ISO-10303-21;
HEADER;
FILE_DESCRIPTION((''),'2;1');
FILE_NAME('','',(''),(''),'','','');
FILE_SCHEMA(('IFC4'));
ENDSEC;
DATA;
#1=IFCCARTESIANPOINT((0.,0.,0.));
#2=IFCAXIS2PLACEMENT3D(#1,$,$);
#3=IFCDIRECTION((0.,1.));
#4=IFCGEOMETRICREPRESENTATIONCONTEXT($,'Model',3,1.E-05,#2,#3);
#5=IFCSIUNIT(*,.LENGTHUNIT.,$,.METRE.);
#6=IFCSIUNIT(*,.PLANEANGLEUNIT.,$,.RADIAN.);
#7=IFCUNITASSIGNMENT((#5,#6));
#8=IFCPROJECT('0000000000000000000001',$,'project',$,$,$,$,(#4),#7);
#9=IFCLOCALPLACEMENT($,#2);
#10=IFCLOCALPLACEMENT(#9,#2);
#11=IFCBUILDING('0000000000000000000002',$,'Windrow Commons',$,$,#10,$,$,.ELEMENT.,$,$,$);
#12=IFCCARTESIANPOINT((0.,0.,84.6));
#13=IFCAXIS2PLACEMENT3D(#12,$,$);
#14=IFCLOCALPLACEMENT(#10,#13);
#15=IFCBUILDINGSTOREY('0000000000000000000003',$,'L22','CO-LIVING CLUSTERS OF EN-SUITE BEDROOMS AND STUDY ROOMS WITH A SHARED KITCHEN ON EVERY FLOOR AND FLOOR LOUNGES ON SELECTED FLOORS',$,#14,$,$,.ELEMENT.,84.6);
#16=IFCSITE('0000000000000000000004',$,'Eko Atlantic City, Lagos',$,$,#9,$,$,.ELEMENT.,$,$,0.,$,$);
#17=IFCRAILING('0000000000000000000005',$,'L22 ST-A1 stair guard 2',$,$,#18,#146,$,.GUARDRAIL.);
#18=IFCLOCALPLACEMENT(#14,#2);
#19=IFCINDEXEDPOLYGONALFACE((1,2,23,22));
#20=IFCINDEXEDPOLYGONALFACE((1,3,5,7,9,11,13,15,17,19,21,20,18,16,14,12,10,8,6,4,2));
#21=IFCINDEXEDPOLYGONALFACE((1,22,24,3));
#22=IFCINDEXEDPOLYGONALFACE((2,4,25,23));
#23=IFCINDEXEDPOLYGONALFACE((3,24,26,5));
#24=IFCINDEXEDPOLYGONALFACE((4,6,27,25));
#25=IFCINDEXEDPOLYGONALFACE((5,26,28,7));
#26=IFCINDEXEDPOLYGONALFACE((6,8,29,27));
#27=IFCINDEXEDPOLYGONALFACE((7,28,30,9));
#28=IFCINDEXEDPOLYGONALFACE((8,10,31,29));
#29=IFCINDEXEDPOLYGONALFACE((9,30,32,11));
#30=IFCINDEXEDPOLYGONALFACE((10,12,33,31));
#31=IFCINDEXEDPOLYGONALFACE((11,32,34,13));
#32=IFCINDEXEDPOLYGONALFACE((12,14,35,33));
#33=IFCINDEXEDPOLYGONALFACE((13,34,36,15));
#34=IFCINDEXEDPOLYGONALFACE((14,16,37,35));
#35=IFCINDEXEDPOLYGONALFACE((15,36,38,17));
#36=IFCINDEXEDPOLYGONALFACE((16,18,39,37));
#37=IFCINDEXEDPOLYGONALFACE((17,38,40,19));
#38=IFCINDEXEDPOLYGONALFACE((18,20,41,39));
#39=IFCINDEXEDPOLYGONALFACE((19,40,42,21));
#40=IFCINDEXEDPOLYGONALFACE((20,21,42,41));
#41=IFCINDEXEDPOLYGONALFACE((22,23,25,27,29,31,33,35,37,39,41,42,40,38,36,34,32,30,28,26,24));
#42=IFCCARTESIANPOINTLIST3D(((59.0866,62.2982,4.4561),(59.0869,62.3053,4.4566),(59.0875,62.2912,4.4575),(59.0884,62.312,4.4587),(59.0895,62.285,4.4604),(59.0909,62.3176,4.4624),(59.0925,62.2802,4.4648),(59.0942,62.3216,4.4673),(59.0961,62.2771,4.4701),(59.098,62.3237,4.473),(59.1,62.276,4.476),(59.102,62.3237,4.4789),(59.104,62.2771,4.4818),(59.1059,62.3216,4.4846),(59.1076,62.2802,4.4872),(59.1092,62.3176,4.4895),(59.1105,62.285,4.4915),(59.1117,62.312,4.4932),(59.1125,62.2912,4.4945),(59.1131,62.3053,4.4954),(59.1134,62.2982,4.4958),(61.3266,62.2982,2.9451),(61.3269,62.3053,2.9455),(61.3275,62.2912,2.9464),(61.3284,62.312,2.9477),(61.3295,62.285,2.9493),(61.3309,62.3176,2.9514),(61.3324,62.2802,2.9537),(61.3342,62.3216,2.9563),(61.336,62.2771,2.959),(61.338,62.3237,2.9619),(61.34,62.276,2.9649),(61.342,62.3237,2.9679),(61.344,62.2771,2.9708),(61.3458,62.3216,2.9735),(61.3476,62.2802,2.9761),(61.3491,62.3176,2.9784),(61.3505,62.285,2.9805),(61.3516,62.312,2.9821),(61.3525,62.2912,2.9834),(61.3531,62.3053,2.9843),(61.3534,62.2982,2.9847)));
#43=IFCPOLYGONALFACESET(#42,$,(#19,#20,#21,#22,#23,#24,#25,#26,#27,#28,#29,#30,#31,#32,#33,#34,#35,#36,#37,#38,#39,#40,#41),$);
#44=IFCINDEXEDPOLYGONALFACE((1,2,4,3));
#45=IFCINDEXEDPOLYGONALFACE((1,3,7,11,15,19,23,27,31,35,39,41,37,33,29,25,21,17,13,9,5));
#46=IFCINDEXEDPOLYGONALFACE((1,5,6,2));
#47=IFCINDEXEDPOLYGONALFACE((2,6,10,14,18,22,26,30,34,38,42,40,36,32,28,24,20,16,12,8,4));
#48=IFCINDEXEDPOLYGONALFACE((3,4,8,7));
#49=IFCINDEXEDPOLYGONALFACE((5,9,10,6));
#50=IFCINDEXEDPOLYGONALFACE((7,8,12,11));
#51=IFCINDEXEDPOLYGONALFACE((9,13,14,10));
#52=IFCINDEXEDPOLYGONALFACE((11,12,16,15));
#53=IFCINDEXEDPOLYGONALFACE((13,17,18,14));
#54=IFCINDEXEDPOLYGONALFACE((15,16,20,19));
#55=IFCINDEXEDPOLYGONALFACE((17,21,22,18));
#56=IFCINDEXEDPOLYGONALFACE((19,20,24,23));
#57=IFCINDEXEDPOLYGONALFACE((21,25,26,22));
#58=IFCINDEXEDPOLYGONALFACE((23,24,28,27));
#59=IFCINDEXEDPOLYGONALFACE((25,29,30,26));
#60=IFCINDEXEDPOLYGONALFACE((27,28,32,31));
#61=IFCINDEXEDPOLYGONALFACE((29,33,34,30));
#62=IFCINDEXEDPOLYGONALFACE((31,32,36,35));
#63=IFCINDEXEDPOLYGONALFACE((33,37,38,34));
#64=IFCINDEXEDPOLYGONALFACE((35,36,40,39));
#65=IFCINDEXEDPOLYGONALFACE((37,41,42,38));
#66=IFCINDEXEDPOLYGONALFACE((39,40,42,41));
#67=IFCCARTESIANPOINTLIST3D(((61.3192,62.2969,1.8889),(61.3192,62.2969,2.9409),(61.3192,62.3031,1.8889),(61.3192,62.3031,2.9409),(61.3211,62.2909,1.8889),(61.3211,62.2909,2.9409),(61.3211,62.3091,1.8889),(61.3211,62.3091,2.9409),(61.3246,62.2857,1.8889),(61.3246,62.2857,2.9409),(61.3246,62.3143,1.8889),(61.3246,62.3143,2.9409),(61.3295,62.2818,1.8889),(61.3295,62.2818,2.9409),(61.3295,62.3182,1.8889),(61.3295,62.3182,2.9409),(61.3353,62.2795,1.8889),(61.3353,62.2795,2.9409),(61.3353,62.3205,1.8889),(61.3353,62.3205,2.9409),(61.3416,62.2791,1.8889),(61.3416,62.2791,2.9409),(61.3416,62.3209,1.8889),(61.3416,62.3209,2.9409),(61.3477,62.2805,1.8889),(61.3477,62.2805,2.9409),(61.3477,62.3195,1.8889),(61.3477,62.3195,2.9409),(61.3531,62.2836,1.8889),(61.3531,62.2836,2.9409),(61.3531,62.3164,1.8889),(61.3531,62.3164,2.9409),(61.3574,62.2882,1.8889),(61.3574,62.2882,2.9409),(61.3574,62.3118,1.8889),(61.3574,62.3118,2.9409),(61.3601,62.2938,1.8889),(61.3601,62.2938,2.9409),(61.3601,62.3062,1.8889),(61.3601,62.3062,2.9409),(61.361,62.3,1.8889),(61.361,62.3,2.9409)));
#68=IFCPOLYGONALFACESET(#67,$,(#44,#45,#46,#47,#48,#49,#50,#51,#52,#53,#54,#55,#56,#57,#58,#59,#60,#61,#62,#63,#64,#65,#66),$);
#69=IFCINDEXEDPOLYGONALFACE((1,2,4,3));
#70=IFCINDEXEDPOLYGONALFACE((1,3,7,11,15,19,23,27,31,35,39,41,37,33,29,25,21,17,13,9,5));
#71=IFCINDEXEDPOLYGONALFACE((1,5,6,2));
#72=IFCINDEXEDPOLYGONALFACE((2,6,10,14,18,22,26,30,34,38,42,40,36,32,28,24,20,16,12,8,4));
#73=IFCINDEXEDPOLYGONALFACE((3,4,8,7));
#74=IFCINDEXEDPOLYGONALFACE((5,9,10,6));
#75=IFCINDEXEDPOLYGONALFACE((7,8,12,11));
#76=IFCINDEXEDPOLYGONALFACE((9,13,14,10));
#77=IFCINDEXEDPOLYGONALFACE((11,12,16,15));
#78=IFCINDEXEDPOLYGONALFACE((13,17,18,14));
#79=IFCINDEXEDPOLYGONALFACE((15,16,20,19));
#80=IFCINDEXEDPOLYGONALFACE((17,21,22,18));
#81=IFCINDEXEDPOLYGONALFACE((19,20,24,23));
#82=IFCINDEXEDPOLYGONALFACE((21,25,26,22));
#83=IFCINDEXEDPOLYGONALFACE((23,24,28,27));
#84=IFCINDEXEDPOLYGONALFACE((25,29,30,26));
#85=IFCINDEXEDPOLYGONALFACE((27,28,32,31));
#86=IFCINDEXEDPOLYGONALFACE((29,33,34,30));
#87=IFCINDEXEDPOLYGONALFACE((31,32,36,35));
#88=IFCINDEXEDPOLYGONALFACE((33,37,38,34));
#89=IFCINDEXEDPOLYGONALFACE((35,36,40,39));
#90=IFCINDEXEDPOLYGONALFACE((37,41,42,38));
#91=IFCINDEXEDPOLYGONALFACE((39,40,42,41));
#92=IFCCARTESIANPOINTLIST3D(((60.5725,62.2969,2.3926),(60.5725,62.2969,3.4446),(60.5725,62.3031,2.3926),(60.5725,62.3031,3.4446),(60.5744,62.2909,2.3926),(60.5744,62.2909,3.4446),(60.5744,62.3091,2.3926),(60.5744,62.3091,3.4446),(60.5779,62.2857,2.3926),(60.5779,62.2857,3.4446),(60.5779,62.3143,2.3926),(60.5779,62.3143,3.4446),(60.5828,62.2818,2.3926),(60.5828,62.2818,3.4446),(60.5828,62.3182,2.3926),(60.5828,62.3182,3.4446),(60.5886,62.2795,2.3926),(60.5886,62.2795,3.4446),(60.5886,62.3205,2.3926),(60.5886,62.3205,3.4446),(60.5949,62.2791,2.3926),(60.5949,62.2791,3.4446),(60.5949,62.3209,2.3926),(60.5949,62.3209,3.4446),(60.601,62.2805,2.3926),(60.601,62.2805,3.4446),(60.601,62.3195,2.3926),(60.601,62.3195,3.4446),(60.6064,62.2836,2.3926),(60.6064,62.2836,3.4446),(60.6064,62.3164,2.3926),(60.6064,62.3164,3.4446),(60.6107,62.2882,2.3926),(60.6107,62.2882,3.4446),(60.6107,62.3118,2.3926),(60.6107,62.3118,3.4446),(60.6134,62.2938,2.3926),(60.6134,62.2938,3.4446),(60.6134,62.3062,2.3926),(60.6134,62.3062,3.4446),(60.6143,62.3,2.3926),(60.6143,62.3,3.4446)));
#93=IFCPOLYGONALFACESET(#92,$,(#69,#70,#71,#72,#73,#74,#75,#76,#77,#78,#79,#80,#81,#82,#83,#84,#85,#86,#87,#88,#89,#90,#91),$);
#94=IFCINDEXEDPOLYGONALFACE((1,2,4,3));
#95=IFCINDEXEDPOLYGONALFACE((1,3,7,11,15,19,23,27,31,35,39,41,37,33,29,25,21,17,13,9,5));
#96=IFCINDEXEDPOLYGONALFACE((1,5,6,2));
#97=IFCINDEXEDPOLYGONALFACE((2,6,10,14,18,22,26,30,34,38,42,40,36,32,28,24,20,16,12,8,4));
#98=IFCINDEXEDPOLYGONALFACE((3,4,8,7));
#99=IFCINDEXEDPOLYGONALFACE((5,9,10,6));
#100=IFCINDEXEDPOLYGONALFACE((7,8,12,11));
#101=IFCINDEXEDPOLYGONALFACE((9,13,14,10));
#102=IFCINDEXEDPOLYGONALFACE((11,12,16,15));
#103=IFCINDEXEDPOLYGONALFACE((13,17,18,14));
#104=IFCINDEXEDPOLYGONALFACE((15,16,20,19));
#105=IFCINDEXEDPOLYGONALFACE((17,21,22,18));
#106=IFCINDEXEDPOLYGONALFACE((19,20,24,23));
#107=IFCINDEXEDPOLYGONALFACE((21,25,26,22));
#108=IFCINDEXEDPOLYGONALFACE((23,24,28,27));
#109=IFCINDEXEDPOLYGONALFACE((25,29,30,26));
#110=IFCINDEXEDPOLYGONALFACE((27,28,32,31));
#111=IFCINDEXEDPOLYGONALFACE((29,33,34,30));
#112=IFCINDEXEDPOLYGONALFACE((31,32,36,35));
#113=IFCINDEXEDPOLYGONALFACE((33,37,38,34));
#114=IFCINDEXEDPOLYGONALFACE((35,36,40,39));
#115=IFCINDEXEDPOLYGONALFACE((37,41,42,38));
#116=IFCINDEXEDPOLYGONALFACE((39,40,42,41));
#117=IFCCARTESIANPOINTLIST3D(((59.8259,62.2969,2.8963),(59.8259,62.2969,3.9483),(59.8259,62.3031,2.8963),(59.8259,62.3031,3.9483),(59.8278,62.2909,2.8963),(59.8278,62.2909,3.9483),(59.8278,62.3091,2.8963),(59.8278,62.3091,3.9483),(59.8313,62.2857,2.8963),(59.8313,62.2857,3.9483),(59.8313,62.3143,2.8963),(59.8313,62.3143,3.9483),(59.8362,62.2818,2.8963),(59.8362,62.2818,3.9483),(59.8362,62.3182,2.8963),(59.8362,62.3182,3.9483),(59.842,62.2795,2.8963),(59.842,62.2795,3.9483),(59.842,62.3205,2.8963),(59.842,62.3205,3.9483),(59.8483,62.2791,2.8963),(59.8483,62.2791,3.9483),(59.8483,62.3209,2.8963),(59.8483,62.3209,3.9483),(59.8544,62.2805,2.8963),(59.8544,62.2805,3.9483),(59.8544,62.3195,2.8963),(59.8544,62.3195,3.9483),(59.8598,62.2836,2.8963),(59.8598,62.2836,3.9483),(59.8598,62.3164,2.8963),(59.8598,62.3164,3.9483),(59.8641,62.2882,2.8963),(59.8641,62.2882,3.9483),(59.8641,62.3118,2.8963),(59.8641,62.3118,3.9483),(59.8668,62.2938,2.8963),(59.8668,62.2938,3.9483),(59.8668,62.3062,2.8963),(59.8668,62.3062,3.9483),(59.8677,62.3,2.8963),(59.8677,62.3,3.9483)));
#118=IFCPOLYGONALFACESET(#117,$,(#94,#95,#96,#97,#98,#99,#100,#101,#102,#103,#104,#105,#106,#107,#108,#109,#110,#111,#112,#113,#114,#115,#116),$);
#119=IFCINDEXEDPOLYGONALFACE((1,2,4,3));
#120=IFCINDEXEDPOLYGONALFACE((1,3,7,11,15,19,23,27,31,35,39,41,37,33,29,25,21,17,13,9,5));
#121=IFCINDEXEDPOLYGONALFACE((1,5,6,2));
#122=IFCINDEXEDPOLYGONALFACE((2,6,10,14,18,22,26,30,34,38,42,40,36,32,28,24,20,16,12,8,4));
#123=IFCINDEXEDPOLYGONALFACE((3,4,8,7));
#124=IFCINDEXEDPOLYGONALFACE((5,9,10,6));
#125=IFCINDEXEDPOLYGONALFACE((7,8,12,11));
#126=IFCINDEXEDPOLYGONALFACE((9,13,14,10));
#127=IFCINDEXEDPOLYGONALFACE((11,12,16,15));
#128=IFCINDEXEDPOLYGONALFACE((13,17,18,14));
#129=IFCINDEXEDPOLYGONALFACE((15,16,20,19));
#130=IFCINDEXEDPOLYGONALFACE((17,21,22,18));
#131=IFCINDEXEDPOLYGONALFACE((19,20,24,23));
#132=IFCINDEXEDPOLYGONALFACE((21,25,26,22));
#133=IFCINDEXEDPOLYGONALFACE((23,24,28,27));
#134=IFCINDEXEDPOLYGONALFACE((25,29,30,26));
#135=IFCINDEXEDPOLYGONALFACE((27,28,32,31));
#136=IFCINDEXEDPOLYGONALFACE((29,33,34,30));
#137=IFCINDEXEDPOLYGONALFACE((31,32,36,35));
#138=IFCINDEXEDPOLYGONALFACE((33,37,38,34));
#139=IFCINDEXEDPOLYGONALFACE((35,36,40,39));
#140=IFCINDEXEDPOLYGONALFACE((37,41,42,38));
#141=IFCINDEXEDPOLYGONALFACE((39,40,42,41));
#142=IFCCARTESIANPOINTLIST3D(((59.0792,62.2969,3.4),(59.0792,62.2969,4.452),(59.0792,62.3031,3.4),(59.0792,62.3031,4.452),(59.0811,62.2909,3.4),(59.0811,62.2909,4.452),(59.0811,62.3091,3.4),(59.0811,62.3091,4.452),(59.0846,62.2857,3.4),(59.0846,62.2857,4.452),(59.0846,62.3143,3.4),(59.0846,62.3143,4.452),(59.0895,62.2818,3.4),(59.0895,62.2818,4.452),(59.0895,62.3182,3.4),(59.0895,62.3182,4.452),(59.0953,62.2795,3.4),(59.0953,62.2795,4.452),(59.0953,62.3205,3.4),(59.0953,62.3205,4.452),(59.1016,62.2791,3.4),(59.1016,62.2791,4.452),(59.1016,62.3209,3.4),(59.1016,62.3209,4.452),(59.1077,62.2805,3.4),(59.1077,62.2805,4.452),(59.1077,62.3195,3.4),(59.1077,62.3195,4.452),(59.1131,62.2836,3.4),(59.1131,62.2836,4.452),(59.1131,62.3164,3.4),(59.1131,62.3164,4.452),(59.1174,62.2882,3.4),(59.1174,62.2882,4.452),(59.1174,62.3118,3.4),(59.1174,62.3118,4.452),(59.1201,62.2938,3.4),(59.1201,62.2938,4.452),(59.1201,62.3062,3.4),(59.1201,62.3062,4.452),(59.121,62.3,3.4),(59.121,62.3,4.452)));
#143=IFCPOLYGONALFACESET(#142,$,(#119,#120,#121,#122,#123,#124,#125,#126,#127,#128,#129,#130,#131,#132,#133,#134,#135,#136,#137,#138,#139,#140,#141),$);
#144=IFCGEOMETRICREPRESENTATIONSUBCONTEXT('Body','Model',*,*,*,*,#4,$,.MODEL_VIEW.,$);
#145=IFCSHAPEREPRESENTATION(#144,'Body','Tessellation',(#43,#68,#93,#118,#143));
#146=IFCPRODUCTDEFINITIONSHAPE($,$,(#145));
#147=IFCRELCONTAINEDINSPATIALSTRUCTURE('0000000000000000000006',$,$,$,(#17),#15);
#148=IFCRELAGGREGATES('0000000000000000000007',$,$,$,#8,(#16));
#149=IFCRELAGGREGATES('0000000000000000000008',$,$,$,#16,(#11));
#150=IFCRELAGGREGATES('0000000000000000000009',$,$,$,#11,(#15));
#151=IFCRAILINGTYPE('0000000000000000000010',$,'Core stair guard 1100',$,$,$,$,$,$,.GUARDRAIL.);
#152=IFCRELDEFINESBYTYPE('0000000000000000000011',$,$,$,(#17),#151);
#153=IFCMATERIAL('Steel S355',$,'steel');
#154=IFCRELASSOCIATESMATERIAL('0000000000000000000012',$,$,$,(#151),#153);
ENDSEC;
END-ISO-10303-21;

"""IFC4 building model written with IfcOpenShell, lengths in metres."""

from ifc_helpers import new_model, si_unit, direction, frame, origin, origin_2d, place, context, subcontext, project, spatial, circle, extrude, material, type_object, element, save


model = new_model("IFC4")

# Units and contexts
model_context = context("Model", 3, precision=1e-05, world=origin(), true_north=direction((0.0, 1.0)))
body_context = subcontext(model_context, "Body", "Model", "MODEL_VIEW")
ifc_project = project(units=[si_unit("LENGTHUNIT", "METRE"), si_unit("PLANEANGLEUNIT", "RADIAN")], contexts=[model_context])

# Site, building, storey
site_placement = place(None, origin())
site = spatial("IfcSite", under=ifc_project, at=site_placement, Name="Eko Atlantic City, Lagos", CompositionType="ELEMENT", RefElevation=0.0)
building_placement = place(site_placement, origin())
building = spatial("IfcBuilding", under=site, at=building_placement, Name="Windrow Commons", CompositionType="ELEMENT")
storey_placement = place(building_placement, frame((0.0, 0.0, 84.6)))
storey = spatial("IfcBuildingStorey", under=building, at=storey_placement, Name="L22", Description="CO-LIVING CLUSTERS OF EN-SUITE BEDROOMS AND STUDY ROOMS WITH A SHARED KITCHEN ON EVERY FLOOR AND FLOOR LOUNGES ON SELECTED FLOORS", CompositionType="ELEMENT", Elevation=84.6)

# Railing
ifc_material_1 = material(Name="Steel S355", Category="steel")
railing_type_1 = type_object("IfcRailingType", Name="Core stair guard 1100", PredefinedType="GUARDRAIL", material=ifc_material_1)
railing_1_placement = place(storey_placement, frame((61.34, 62.3, 1.8889)))
element("IfcRailing", 1, at=railing_1_placement, inside=storey, type_object=railing_type_1, Name="L22 ST-A1 stair guard 2", PredefinedType="GUARDRAIL", context=body_context, shape_type="SweptSolid", body=[
    extrude(circle(Radius=0.024, at=origin_2d()), frame((0.0, 0.0, 1.076), z_axis=(-0.829003, 0.0, 0.559244), x_axis=(0.0, -1.0, 0.0)), (0.0, 0.0, 1.0), 2.702),
    extrude(circle(Radius=0.021, at=origin_2d()), origin(), (0.0, 0.0, 1.0), 1.052),
    extrude(circle(Radius=0.021, at=origin_2d()), frame((-0.7467, 0.0, 0.5037)), (0.0, 0.0, 1.0), 1.052),
    extrude(circle(Radius=0.021, at=origin_2d()), frame((-1.4933, 0.0, 1.0074)), (0.0, 0.0, 1.0), 1.052),
    extrude(circle(Radius=0.021, at=origin_2d()), frame((-2.24, 0.0, 1.5111)), (0.0, 0.0, 1.0), 1.052),
])

save(model, "model.ifc")
